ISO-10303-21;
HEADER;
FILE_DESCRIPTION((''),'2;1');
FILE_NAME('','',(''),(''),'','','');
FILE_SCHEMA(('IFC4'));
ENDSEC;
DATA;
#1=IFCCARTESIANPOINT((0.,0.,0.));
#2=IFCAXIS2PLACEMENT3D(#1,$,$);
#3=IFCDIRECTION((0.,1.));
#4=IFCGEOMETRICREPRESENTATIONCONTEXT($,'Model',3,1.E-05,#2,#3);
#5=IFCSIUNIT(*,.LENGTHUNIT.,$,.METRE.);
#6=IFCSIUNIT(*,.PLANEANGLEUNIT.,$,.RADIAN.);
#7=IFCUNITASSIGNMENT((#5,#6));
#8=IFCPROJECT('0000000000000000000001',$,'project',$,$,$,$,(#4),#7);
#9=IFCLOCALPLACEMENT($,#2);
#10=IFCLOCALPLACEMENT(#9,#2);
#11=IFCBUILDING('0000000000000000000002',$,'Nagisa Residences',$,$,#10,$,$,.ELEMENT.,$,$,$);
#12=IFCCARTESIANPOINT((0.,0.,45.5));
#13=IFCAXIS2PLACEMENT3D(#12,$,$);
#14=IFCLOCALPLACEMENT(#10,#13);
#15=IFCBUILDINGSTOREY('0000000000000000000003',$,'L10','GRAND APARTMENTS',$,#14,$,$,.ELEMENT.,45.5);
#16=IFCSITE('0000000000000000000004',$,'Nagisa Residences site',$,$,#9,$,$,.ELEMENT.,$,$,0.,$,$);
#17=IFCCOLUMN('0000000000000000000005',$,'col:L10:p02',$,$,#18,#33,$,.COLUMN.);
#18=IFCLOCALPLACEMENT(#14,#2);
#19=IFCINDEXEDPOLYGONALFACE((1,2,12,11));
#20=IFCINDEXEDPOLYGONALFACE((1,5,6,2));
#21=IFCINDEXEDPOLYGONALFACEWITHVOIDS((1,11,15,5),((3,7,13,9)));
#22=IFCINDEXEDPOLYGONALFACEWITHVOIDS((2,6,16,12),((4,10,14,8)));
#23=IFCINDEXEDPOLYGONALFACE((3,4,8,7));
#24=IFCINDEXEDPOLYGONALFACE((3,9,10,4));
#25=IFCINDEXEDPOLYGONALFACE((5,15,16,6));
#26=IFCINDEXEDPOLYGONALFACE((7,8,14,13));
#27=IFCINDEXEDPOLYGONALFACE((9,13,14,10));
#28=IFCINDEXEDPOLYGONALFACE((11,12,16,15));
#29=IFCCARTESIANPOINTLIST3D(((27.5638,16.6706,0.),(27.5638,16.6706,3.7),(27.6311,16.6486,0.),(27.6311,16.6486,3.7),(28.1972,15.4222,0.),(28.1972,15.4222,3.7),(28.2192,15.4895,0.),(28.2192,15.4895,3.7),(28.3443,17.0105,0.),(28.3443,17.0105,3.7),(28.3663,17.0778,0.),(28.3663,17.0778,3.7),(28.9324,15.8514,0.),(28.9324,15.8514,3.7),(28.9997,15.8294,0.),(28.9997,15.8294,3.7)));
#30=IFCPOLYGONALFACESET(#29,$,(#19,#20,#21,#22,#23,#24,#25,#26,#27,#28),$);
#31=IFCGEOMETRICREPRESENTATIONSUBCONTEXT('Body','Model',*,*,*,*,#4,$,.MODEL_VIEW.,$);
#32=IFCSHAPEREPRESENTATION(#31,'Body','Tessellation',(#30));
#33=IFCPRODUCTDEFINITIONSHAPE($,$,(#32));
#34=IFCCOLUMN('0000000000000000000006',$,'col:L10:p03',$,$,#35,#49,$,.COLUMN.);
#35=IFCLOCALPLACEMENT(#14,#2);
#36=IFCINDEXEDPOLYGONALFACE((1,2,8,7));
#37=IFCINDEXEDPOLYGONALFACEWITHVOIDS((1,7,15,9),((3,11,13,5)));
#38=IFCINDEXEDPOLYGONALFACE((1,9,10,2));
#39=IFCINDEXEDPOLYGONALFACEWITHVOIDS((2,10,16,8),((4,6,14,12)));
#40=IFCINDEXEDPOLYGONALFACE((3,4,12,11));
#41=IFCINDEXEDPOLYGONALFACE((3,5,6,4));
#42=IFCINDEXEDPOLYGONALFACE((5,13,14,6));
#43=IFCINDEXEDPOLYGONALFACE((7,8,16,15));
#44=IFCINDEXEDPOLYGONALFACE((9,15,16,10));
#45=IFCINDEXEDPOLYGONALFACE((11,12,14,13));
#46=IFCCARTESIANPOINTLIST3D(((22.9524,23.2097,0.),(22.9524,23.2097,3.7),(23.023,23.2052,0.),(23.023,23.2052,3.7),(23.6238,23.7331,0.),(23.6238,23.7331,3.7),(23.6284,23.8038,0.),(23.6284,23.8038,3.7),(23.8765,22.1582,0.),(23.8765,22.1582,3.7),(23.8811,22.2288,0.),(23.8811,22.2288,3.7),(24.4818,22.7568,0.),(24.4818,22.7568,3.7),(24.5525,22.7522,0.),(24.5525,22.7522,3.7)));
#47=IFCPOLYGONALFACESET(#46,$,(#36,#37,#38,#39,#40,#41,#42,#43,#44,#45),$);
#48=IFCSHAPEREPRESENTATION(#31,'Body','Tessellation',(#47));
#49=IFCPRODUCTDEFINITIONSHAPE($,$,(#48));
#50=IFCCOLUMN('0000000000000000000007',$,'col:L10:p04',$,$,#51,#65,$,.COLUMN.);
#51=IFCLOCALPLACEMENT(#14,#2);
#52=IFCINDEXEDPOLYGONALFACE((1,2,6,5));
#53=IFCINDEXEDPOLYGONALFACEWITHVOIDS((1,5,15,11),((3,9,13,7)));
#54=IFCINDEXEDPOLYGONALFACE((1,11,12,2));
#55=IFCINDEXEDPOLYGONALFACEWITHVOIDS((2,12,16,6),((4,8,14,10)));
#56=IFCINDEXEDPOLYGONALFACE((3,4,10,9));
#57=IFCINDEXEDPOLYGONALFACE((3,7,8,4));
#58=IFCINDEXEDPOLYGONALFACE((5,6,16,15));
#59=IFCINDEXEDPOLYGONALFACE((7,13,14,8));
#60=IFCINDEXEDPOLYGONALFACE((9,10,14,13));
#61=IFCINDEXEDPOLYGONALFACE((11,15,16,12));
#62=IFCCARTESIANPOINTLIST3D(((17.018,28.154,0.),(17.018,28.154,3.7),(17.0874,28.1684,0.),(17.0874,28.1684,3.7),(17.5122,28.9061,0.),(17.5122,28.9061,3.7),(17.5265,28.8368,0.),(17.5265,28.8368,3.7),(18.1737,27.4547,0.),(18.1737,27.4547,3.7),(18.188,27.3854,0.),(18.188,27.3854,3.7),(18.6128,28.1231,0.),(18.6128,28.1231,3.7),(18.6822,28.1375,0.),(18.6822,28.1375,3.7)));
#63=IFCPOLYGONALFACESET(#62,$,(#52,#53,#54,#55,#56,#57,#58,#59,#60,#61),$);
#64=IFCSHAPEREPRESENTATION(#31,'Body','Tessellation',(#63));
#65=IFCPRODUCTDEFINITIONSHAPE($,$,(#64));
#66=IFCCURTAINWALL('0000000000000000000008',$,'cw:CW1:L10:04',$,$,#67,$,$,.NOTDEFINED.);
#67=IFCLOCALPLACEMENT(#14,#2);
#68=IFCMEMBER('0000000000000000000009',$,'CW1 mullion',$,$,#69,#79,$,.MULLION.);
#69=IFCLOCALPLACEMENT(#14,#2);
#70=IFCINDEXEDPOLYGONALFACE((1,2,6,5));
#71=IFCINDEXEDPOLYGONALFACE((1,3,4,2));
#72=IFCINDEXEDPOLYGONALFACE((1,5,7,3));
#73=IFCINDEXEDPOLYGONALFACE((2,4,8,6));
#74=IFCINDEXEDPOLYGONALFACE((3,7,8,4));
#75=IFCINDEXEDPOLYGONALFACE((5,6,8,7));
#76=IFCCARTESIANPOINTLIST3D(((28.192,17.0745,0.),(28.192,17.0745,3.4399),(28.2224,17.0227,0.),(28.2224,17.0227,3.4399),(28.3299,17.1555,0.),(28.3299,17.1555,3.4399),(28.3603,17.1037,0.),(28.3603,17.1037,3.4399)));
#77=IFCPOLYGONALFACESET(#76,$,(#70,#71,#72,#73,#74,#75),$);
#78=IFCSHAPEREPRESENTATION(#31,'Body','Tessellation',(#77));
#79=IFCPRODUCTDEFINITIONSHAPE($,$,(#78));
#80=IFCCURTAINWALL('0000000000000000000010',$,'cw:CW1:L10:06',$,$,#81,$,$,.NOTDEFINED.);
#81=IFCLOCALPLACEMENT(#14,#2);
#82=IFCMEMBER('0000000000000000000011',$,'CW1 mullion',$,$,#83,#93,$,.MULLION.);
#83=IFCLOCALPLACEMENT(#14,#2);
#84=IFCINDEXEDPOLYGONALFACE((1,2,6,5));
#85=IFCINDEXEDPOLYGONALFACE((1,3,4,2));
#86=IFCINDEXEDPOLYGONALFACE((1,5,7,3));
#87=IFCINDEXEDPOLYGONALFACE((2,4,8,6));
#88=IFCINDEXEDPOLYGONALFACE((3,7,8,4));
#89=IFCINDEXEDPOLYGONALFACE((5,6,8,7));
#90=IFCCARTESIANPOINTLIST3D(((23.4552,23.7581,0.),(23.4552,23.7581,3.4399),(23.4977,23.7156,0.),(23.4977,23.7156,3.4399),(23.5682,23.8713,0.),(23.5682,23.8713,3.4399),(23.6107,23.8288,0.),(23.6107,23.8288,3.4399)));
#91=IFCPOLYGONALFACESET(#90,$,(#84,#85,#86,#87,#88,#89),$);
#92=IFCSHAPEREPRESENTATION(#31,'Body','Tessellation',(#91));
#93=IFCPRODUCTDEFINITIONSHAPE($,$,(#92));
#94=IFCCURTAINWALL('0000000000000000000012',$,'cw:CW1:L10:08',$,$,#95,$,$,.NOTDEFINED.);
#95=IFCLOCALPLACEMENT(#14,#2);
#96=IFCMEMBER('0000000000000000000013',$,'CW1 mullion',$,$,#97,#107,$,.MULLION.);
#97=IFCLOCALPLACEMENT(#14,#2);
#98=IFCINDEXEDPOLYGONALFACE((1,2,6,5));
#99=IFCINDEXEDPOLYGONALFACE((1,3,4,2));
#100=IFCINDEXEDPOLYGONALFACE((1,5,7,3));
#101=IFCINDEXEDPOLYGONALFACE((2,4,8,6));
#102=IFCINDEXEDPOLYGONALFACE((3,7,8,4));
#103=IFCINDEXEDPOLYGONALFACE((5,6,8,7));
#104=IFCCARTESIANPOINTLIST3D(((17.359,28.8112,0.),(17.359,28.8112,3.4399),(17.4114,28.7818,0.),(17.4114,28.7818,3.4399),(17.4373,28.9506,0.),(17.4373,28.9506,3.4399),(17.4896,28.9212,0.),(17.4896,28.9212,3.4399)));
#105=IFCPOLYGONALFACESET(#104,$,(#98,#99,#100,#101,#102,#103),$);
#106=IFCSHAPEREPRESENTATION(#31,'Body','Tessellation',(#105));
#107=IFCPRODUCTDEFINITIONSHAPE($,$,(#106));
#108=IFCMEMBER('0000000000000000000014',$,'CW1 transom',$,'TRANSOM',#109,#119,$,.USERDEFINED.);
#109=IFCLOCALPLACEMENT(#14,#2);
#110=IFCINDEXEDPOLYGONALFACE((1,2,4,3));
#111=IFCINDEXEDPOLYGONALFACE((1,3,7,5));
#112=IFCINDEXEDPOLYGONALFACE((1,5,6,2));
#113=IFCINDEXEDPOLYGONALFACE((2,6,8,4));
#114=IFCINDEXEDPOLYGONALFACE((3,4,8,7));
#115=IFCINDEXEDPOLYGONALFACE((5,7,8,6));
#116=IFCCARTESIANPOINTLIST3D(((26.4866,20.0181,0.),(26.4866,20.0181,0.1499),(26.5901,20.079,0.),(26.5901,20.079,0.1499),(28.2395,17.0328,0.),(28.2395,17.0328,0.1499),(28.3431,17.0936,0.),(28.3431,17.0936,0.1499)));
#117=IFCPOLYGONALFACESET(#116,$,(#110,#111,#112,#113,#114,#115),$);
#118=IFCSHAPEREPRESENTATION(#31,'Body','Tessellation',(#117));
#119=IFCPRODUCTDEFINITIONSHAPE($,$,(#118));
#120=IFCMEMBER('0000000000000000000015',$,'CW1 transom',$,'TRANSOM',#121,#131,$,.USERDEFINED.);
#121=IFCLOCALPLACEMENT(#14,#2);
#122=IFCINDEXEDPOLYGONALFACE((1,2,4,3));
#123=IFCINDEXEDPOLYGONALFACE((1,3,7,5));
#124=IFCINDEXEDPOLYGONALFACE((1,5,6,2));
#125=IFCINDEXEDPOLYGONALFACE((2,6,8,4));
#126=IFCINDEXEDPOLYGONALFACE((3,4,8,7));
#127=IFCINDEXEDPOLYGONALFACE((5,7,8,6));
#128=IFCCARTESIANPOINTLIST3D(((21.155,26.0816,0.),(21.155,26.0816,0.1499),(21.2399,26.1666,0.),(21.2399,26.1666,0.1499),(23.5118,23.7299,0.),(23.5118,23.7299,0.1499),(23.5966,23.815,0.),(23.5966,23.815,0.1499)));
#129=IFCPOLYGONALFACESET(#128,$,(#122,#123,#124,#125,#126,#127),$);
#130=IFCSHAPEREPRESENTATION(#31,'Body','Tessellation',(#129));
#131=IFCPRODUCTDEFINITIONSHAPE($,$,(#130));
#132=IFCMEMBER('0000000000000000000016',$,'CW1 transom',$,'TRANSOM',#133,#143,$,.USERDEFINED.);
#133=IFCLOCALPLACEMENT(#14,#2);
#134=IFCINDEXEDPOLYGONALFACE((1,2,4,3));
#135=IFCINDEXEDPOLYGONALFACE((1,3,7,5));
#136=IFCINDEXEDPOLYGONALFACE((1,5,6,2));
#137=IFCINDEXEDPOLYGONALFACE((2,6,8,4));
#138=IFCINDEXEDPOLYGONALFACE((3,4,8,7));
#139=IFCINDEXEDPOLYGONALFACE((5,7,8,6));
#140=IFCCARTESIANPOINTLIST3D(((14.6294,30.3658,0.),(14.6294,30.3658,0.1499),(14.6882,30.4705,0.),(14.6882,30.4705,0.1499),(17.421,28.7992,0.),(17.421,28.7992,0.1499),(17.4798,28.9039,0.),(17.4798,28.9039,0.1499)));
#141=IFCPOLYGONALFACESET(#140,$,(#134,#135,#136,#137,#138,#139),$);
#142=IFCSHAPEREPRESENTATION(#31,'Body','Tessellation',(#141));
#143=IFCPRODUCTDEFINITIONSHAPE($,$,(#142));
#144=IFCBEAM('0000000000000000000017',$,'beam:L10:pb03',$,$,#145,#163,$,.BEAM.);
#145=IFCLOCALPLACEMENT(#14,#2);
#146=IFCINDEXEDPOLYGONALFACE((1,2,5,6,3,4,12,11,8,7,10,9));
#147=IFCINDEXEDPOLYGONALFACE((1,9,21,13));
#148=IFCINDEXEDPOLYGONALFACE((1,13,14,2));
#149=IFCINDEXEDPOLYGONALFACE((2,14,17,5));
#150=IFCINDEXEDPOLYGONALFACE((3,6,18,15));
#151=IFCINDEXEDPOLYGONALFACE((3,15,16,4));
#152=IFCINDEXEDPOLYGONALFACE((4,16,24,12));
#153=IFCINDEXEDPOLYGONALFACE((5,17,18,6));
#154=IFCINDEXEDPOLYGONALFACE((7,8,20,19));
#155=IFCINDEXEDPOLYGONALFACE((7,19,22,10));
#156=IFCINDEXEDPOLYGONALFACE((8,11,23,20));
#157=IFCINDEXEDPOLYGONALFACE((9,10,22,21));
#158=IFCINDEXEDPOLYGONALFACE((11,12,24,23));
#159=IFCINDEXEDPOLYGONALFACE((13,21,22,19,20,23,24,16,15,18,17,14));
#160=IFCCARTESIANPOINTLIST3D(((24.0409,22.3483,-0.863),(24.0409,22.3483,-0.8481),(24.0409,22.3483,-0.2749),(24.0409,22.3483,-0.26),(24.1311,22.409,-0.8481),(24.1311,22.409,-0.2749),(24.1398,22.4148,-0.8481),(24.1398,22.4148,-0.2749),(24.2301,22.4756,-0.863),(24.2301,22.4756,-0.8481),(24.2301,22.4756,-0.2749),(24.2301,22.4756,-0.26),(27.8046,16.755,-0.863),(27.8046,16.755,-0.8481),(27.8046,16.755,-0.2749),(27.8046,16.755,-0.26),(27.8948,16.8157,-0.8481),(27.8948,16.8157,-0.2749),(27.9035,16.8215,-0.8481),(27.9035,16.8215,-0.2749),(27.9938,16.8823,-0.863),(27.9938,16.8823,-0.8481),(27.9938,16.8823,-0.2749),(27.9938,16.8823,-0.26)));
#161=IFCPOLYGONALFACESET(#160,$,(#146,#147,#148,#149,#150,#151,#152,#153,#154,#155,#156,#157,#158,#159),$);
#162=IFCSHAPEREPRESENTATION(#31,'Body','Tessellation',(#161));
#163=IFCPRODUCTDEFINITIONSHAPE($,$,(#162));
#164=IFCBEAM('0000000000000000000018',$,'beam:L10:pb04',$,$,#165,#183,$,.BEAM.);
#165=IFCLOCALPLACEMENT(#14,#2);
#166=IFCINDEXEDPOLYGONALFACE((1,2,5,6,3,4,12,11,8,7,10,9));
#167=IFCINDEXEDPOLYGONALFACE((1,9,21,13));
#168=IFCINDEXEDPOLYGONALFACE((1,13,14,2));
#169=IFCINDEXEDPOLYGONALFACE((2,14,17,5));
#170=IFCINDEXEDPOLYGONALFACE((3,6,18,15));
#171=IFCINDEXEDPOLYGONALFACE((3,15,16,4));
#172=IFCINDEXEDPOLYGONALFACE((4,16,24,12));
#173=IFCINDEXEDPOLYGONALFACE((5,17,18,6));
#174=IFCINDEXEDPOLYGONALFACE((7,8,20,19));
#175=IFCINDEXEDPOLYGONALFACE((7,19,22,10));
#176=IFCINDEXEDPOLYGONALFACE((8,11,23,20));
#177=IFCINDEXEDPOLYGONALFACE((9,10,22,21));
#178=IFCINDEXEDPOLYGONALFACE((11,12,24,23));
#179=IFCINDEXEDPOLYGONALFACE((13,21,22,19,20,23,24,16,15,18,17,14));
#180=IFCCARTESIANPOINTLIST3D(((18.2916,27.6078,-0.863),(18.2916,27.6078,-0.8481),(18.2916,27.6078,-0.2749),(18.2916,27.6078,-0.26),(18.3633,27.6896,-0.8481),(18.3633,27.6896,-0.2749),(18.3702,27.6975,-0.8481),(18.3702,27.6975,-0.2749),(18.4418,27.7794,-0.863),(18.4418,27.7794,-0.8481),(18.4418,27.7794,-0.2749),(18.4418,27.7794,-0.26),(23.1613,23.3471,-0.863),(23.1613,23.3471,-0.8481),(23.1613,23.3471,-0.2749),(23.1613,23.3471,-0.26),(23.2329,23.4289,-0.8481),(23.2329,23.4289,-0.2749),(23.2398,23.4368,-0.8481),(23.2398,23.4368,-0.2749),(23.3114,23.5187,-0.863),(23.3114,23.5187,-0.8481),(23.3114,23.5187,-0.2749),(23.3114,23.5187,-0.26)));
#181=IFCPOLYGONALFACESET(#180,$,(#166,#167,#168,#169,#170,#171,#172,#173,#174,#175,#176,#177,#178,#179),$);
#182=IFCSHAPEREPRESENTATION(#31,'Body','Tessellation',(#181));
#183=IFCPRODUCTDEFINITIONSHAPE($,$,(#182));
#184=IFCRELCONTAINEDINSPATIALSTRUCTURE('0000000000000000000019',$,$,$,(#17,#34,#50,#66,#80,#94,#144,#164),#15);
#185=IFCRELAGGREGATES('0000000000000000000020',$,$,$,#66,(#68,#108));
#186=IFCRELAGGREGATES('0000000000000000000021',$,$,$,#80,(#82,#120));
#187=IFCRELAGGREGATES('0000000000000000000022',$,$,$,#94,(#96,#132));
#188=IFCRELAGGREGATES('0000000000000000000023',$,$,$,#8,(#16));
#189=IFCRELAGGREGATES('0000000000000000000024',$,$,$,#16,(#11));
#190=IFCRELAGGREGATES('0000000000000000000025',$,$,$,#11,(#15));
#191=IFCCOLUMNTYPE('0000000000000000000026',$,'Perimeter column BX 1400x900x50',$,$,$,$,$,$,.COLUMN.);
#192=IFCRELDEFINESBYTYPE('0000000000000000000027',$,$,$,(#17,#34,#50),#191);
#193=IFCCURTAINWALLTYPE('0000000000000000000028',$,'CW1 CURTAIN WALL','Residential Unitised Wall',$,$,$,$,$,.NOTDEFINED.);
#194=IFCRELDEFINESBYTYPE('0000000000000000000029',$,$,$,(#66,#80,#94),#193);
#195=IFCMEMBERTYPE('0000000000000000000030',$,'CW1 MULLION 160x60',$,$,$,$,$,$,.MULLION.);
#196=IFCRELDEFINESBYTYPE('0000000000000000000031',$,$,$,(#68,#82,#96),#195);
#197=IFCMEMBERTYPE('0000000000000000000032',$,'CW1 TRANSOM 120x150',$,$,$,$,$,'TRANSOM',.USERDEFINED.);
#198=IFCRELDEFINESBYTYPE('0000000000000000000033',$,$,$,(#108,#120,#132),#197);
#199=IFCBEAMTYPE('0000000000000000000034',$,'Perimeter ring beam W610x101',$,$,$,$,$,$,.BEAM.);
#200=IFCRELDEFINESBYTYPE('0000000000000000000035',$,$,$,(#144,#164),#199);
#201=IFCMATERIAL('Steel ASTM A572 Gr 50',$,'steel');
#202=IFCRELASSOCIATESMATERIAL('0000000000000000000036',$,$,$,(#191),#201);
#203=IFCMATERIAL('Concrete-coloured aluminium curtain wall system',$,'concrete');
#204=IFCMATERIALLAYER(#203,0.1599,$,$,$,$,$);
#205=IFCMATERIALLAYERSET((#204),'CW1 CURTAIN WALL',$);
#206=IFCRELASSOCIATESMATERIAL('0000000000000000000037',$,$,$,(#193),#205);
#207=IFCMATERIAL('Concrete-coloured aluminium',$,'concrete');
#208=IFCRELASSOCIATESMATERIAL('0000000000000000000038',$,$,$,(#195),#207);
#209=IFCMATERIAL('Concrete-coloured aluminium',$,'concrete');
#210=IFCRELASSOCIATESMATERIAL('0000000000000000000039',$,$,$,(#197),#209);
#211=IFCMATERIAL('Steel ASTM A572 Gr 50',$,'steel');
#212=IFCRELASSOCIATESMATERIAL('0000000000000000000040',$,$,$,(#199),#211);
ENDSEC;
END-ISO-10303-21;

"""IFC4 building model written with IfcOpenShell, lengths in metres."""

from ifc_helpers import new_model, si_unit, direction, frame, origin, origin_2d, place, context, subcontext, project, spatial, rectangle, hollow_rectangle, i_section, extrude, material, layer, layer_set, material_profile, profile_set, type_object, element, aggregate, save


model = new_model("IFC4")

# Units and contexts
model_context = context("Model", 3, precision=1e-05, world=origin(), true_north=direction((0.0, 1.0)))
body_context = subcontext(model_context, "Body", "Model", "MODEL_VIEW")
ifc_project = project(units=[si_unit("LENGTHUNIT", "METRE"), si_unit("PLANEANGLEUNIT", "RADIAN")], contexts=[model_context])

# Site, building, storey
site_placement = place(None, origin())
site = spatial("IfcSite", under=ifc_project, at=site_placement, Name="Nagisa Residences site", CompositionType="ELEMENT", RefElevation=0.0)
building_placement = place(site_placement, origin())
building = spatial("IfcBuilding", under=site, at=building_placement, Name="Nagisa Residences", CompositionType="ELEMENT")
storey_placement = place(building_placement, frame((0.0, 0.0, 45.5)))
storey = spatial("IfcBuildingStorey", under=building, at=storey_placement, Name="L10", Description="GRAND APARTMENTS", CompositionType="ELEMENT", Elevation=45.5)

# Columns
ifc_material_1 = material(Name="Steel ASTM A572 Gr 50", Category="steel")
ifc_material_profile_1 = material_profile(ifc_material_1, hollow_rectangle(XDim=1.3999, YDim=0.8999, WallThickness=0.05, at=origin_2d()), Name="BX 1400x900x50")
ifc_profile_set_1 = profile_set([ifc_material_profile_1], Name="Steel ASTM A572 Gr 50")
column_type = type_object("IfcColumnType", Name="Perimeter column BX 1400x900x50", PredefinedType="COLUMN", material=ifc_profile_set_1)
for number, where, z_axis, x_axis, name in (
    (1, (28.2817, 16.25, 0.0), (0.0, 0.0, 1.0), (-0.452463, 0.891783, 0.0), "col:L10:p02"),
    (2, (23.7524, 22.981, 0.0), (0.0, 0.0, 1.0), (-0.660115, 0.751165, 0.0), "col:L10:p03"),
    (3, (17.8501, 28.1458, 0.0), (0.0, 0.0, 1.0), (-0.835766, 0.549086, 0.0), "col:L10:p04"),
):
    element("IfcColumn", number, at=place(storey_placement, frame(where, z_axis=z_axis, x_axis=x_axis)), inside=storey, type_object=column_type, Name=name, PredefinedType="COLUMN", context=body_context, shape_type="SweptSolid", body=[
        extrude(hollow_rectangle(XDim=1.3999, YDim=0.8999, WallThickness=0.05, at=origin_2d()), origin(), (0.0, 0.0, 1.0), 3.7),
    ])

# Curtain walls, members
ifc_material_2 = material(Name="Concrete-coloured aluminium curtain wall system", Category="concrete")
ifc_layer_1 = layer(ifc_material_2, 0.1599)
ifc_layer_set_1 = layer_set([ifc_layer_1], Name="CW1 CURTAIN WALL")
curtain_wall_type = type_object("IfcCurtainWallType", Name="CW1 CURTAIN WALL", Description="Residential Unitised Wall", PredefinedType="NOTDEFINED", material=ifc_layer_set_1)
curtain_wall_1_placement = place(storey_placement, origin())
curtain_wall_1 = element("IfcCurtainWall", 4, at=curtain_wall_1_placement, inside=storey, type_object=curtain_wall_type, Name="cw:CW1:L10:04", PredefinedType="NOTDEFINED")
ifc_material_3 = material(Name="Concrete-coloured aluminium", Category="concrete")
ifc_material_profile_2 = material_profile(ifc_material_3, rectangle(XDim=0.1599, YDim=0.0601, at=origin_2d()), Name="CW1 MULLION 160x60")
ifc_profile_set_2 = profile_set([ifc_material_profile_2], Name="Concrete-coloured aluminium")
member_type_1 = type_object("IfcMemberType", Name="CW1 MULLION 160x60", PredefinedType="MULLION", material=ifc_profile_set_2)
member_1_placement = place(storey_placement, frame((28.2761, 17.0891, 0.0), z_axis=(0.0, 0.0, 1.0), x_axis=(-0.862329, -0.506349, 0.0)))
member_1 = element("IfcMember", 5, at=member_1_placement, type_object=member_type_1, Name="CW1 mullion", PredefinedType="MULLION", context=body_context, shape_type="SweptSolid", body=[
    extrude(rectangle(XDim=0.1599, YDim=0.0601, at=origin_2d()), origin(), (0.0, 0.0, 1.0), 3.4399),
])
curtain_wall_2_placement = place(storey_placement, origin())
curtain_wall_2 = element("IfcCurtainWall", 6, at=curtain_wall_2_placement, inside=storey, type_object=curtain_wall_type, Name="cw:CW1:L10:06", PredefinedType="NOTDEFINED")
member_2_placement = place(storey_placement, frame((23.533, 23.7935, 0.0), z_axis=(0.0, 0.0, 1.0), x_axis=(-0.706377, -0.707836, 0.0)))
member_2 = element("IfcMember", 7, at=member_2_placement, type_object=member_type_1, Name="CW1 mullion", PredefinedType="MULLION", context=body_context, shape_type="SweptSolid", body=[
    extrude(rectangle(XDim=0.1599, YDim=0.0601, at=origin_2d()), origin(), (0.0, 0.0, 1.0), 3.4399),
])
curtain_wall_3_placement = place(storey_placement, origin())
curtain_wall_3 = element("IfcCurtainWall", 8, at=curtain_wall_3_placement, inside=storey, type_object=curtain_wall_type, Name="cw:CW1:L10:08", PredefinedType="NOTDEFINED")
member_3_placement = place(storey_placement, frame((17.4243, 28.8662, 0.0), z_axis=(0.0, 0.0, 1.0), x_axis=(-0.489377, -0.872072, 0.0)))
member_3 = element("IfcMember", 9, at=member_3_placement, type_object=member_type_1, Name="CW1 mullion", PredefinedType="MULLION", context=body_context, shape_type="SweptSolid", body=[
    extrude(rectangle(XDim=0.1599, YDim=0.0601, at=origin_2d()), origin(), (0.0, 0.0, 1.0), 3.4399),
])

# Members
ifc_material_4 = material(Name="Concrete-coloured aluminium", Category="concrete")
ifc_material_profile_3 = material_profile(ifc_material_4, rectangle(XDim=0.1201, YDim=0.1499, at=origin_2d()), Name="CW1 TRANSOM 120x150")
ifc_profile_set_3 = profile_set([ifc_material_profile_3], Name="Concrete-coloured aluminium")
member_type_2 = type_object("IfcMemberType", Name="CW1 TRANSOM 120x150", ElementType="TRANSOM", PredefinedType="USERDEFINED", material=ifc_profile_set_3)
member_4_placement = place(storey_placement, frame((28.2913, 17.0632, 0.075), z_axis=(-0.506342, 0.862333, 0.0), x_axis=(-0.862333, -0.506342, 0.0)))
member_4 = element("IfcMember", 10, at=member_4_placement, type_object=member_type_2, Name="CW1 transom", ObjectType="TRANSOM", PredefinedType="USERDEFINED", context=body_context, shape_type="SweptSolid", body=[
    extrude(rectangle(XDim=0.1201, YDim=0.1499, at=origin_2d()), origin(), (0.0, 0.0, 1.0), 3.4619),
])
member_5_placement = place(storey_placement, frame((23.5542, 23.7725, 0.075), z_axis=(-0.707876, 0.706336, 0.0), x_axis=(-0.706336, -0.707876, 0.0)))
member_5 = element("IfcMember", 11, at=member_5_placement, type_object=member_type_2, Name="CW1 transom", ObjectType="TRANSOM", PredefinedType="USERDEFINED", context=body_context, shape_type="SweptSolid", body=[
    extrude(rectangle(XDim=0.1201, YDim=0.1499, at=origin_2d()), origin(), (0.0, 0.0, 1.0), 3.3293),
])
member_6_placement = place(storey_placement, frame((17.4504, 28.8516, 0.075), z_axis=(-0.87207, 0.489381, 0.0), x_axis=(-0.489381, -0.87207, 0.0)))
member_6 = element("IfcMember", 12, at=member_6_placement, type_object=member_type_2, Name="CW1 transom", ObjectType="TRANSOM", PredefinedType="USERDEFINED", context=body_context, shape_type="SweptSolid", body=[
    extrude(rectangle(XDim=0.1201, YDim=0.1499, at=origin_2d()), origin(), (0.0, 0.0, 1.0), 3.2012),
])

# Beams
ifc_material_5 = material(Name="Steel ASTM A572 Gr 50", Category="steel")
ifc_material_profile_4 = material_profile(ifc_material_5, i_section(OverallWidth=0.228, OverallDepth=0.603, WebThickness=0.0105, FlangeThickness=0.0149, at=origin_2d()), Name="W610x101")
ifc_profile_set_4 = profile_set([ifc_material_profile_4], Name="Steel ASTM A572 Gr 50")
beam_type_1 = type_object("IfcBeamType", Name="Perimeter ring beam W610x101", PredefinedType="BEAM", material=ifc_profile_set_4)
beam_1_placement = place(storey_placement, frame((27.8992, 16.8186, -0.5615), z_axis=(-0.558272, 0.829658, 0.0), x_axis=(-0.829658, -0.558272, 0.0)))
element("IfcBeam", 13, at=beam_1_placement, inside=storey, type_object=beam_type_1, Name="beam:L10:pb03", PredefinedType="BEAM", context=body_context, shape_type="SweptSolid", body=[
    extrude(i_section(OverallWidth=0.228, OverallDepth=0.603, WebThickness=0.0105, FlangeThickness=0.0149, at=origin_2d()), origin(), (0.0, 0.0, 1.0), 6.7417),
])
beam_2_placement = place(storey_placement, frame((23.2363, 23.4329, -0.5615), z_axis=(-0.752591, 0.658489, 0.0), x_axis=(-0.658489, -0.752591, 0.0)))
element("IfcBeam", 14, at=beam_2_placement, inside=storey, type_object=beam_type_1, Name="beam:L10:pb04", PredefinedType="BEAM", context=body_context, shape_type="SweptSolid", body=[
    extrude(i_section(OverallWidth=0.228, OverallDepth=0.603, WebThickness=0.0105, FlangeThickness=0.0149, at=origin_2d()), origin(), (0.0, 0.0, 1.0), 6.4705),
])

aggregate(curtain_wall_1, [member_1, member_4])
aggregate(curtain_wall_2, [member_2, member_5])
aggregate(curtain_wall_3, [member_3, member_6])

save(model, "model.ifc")
